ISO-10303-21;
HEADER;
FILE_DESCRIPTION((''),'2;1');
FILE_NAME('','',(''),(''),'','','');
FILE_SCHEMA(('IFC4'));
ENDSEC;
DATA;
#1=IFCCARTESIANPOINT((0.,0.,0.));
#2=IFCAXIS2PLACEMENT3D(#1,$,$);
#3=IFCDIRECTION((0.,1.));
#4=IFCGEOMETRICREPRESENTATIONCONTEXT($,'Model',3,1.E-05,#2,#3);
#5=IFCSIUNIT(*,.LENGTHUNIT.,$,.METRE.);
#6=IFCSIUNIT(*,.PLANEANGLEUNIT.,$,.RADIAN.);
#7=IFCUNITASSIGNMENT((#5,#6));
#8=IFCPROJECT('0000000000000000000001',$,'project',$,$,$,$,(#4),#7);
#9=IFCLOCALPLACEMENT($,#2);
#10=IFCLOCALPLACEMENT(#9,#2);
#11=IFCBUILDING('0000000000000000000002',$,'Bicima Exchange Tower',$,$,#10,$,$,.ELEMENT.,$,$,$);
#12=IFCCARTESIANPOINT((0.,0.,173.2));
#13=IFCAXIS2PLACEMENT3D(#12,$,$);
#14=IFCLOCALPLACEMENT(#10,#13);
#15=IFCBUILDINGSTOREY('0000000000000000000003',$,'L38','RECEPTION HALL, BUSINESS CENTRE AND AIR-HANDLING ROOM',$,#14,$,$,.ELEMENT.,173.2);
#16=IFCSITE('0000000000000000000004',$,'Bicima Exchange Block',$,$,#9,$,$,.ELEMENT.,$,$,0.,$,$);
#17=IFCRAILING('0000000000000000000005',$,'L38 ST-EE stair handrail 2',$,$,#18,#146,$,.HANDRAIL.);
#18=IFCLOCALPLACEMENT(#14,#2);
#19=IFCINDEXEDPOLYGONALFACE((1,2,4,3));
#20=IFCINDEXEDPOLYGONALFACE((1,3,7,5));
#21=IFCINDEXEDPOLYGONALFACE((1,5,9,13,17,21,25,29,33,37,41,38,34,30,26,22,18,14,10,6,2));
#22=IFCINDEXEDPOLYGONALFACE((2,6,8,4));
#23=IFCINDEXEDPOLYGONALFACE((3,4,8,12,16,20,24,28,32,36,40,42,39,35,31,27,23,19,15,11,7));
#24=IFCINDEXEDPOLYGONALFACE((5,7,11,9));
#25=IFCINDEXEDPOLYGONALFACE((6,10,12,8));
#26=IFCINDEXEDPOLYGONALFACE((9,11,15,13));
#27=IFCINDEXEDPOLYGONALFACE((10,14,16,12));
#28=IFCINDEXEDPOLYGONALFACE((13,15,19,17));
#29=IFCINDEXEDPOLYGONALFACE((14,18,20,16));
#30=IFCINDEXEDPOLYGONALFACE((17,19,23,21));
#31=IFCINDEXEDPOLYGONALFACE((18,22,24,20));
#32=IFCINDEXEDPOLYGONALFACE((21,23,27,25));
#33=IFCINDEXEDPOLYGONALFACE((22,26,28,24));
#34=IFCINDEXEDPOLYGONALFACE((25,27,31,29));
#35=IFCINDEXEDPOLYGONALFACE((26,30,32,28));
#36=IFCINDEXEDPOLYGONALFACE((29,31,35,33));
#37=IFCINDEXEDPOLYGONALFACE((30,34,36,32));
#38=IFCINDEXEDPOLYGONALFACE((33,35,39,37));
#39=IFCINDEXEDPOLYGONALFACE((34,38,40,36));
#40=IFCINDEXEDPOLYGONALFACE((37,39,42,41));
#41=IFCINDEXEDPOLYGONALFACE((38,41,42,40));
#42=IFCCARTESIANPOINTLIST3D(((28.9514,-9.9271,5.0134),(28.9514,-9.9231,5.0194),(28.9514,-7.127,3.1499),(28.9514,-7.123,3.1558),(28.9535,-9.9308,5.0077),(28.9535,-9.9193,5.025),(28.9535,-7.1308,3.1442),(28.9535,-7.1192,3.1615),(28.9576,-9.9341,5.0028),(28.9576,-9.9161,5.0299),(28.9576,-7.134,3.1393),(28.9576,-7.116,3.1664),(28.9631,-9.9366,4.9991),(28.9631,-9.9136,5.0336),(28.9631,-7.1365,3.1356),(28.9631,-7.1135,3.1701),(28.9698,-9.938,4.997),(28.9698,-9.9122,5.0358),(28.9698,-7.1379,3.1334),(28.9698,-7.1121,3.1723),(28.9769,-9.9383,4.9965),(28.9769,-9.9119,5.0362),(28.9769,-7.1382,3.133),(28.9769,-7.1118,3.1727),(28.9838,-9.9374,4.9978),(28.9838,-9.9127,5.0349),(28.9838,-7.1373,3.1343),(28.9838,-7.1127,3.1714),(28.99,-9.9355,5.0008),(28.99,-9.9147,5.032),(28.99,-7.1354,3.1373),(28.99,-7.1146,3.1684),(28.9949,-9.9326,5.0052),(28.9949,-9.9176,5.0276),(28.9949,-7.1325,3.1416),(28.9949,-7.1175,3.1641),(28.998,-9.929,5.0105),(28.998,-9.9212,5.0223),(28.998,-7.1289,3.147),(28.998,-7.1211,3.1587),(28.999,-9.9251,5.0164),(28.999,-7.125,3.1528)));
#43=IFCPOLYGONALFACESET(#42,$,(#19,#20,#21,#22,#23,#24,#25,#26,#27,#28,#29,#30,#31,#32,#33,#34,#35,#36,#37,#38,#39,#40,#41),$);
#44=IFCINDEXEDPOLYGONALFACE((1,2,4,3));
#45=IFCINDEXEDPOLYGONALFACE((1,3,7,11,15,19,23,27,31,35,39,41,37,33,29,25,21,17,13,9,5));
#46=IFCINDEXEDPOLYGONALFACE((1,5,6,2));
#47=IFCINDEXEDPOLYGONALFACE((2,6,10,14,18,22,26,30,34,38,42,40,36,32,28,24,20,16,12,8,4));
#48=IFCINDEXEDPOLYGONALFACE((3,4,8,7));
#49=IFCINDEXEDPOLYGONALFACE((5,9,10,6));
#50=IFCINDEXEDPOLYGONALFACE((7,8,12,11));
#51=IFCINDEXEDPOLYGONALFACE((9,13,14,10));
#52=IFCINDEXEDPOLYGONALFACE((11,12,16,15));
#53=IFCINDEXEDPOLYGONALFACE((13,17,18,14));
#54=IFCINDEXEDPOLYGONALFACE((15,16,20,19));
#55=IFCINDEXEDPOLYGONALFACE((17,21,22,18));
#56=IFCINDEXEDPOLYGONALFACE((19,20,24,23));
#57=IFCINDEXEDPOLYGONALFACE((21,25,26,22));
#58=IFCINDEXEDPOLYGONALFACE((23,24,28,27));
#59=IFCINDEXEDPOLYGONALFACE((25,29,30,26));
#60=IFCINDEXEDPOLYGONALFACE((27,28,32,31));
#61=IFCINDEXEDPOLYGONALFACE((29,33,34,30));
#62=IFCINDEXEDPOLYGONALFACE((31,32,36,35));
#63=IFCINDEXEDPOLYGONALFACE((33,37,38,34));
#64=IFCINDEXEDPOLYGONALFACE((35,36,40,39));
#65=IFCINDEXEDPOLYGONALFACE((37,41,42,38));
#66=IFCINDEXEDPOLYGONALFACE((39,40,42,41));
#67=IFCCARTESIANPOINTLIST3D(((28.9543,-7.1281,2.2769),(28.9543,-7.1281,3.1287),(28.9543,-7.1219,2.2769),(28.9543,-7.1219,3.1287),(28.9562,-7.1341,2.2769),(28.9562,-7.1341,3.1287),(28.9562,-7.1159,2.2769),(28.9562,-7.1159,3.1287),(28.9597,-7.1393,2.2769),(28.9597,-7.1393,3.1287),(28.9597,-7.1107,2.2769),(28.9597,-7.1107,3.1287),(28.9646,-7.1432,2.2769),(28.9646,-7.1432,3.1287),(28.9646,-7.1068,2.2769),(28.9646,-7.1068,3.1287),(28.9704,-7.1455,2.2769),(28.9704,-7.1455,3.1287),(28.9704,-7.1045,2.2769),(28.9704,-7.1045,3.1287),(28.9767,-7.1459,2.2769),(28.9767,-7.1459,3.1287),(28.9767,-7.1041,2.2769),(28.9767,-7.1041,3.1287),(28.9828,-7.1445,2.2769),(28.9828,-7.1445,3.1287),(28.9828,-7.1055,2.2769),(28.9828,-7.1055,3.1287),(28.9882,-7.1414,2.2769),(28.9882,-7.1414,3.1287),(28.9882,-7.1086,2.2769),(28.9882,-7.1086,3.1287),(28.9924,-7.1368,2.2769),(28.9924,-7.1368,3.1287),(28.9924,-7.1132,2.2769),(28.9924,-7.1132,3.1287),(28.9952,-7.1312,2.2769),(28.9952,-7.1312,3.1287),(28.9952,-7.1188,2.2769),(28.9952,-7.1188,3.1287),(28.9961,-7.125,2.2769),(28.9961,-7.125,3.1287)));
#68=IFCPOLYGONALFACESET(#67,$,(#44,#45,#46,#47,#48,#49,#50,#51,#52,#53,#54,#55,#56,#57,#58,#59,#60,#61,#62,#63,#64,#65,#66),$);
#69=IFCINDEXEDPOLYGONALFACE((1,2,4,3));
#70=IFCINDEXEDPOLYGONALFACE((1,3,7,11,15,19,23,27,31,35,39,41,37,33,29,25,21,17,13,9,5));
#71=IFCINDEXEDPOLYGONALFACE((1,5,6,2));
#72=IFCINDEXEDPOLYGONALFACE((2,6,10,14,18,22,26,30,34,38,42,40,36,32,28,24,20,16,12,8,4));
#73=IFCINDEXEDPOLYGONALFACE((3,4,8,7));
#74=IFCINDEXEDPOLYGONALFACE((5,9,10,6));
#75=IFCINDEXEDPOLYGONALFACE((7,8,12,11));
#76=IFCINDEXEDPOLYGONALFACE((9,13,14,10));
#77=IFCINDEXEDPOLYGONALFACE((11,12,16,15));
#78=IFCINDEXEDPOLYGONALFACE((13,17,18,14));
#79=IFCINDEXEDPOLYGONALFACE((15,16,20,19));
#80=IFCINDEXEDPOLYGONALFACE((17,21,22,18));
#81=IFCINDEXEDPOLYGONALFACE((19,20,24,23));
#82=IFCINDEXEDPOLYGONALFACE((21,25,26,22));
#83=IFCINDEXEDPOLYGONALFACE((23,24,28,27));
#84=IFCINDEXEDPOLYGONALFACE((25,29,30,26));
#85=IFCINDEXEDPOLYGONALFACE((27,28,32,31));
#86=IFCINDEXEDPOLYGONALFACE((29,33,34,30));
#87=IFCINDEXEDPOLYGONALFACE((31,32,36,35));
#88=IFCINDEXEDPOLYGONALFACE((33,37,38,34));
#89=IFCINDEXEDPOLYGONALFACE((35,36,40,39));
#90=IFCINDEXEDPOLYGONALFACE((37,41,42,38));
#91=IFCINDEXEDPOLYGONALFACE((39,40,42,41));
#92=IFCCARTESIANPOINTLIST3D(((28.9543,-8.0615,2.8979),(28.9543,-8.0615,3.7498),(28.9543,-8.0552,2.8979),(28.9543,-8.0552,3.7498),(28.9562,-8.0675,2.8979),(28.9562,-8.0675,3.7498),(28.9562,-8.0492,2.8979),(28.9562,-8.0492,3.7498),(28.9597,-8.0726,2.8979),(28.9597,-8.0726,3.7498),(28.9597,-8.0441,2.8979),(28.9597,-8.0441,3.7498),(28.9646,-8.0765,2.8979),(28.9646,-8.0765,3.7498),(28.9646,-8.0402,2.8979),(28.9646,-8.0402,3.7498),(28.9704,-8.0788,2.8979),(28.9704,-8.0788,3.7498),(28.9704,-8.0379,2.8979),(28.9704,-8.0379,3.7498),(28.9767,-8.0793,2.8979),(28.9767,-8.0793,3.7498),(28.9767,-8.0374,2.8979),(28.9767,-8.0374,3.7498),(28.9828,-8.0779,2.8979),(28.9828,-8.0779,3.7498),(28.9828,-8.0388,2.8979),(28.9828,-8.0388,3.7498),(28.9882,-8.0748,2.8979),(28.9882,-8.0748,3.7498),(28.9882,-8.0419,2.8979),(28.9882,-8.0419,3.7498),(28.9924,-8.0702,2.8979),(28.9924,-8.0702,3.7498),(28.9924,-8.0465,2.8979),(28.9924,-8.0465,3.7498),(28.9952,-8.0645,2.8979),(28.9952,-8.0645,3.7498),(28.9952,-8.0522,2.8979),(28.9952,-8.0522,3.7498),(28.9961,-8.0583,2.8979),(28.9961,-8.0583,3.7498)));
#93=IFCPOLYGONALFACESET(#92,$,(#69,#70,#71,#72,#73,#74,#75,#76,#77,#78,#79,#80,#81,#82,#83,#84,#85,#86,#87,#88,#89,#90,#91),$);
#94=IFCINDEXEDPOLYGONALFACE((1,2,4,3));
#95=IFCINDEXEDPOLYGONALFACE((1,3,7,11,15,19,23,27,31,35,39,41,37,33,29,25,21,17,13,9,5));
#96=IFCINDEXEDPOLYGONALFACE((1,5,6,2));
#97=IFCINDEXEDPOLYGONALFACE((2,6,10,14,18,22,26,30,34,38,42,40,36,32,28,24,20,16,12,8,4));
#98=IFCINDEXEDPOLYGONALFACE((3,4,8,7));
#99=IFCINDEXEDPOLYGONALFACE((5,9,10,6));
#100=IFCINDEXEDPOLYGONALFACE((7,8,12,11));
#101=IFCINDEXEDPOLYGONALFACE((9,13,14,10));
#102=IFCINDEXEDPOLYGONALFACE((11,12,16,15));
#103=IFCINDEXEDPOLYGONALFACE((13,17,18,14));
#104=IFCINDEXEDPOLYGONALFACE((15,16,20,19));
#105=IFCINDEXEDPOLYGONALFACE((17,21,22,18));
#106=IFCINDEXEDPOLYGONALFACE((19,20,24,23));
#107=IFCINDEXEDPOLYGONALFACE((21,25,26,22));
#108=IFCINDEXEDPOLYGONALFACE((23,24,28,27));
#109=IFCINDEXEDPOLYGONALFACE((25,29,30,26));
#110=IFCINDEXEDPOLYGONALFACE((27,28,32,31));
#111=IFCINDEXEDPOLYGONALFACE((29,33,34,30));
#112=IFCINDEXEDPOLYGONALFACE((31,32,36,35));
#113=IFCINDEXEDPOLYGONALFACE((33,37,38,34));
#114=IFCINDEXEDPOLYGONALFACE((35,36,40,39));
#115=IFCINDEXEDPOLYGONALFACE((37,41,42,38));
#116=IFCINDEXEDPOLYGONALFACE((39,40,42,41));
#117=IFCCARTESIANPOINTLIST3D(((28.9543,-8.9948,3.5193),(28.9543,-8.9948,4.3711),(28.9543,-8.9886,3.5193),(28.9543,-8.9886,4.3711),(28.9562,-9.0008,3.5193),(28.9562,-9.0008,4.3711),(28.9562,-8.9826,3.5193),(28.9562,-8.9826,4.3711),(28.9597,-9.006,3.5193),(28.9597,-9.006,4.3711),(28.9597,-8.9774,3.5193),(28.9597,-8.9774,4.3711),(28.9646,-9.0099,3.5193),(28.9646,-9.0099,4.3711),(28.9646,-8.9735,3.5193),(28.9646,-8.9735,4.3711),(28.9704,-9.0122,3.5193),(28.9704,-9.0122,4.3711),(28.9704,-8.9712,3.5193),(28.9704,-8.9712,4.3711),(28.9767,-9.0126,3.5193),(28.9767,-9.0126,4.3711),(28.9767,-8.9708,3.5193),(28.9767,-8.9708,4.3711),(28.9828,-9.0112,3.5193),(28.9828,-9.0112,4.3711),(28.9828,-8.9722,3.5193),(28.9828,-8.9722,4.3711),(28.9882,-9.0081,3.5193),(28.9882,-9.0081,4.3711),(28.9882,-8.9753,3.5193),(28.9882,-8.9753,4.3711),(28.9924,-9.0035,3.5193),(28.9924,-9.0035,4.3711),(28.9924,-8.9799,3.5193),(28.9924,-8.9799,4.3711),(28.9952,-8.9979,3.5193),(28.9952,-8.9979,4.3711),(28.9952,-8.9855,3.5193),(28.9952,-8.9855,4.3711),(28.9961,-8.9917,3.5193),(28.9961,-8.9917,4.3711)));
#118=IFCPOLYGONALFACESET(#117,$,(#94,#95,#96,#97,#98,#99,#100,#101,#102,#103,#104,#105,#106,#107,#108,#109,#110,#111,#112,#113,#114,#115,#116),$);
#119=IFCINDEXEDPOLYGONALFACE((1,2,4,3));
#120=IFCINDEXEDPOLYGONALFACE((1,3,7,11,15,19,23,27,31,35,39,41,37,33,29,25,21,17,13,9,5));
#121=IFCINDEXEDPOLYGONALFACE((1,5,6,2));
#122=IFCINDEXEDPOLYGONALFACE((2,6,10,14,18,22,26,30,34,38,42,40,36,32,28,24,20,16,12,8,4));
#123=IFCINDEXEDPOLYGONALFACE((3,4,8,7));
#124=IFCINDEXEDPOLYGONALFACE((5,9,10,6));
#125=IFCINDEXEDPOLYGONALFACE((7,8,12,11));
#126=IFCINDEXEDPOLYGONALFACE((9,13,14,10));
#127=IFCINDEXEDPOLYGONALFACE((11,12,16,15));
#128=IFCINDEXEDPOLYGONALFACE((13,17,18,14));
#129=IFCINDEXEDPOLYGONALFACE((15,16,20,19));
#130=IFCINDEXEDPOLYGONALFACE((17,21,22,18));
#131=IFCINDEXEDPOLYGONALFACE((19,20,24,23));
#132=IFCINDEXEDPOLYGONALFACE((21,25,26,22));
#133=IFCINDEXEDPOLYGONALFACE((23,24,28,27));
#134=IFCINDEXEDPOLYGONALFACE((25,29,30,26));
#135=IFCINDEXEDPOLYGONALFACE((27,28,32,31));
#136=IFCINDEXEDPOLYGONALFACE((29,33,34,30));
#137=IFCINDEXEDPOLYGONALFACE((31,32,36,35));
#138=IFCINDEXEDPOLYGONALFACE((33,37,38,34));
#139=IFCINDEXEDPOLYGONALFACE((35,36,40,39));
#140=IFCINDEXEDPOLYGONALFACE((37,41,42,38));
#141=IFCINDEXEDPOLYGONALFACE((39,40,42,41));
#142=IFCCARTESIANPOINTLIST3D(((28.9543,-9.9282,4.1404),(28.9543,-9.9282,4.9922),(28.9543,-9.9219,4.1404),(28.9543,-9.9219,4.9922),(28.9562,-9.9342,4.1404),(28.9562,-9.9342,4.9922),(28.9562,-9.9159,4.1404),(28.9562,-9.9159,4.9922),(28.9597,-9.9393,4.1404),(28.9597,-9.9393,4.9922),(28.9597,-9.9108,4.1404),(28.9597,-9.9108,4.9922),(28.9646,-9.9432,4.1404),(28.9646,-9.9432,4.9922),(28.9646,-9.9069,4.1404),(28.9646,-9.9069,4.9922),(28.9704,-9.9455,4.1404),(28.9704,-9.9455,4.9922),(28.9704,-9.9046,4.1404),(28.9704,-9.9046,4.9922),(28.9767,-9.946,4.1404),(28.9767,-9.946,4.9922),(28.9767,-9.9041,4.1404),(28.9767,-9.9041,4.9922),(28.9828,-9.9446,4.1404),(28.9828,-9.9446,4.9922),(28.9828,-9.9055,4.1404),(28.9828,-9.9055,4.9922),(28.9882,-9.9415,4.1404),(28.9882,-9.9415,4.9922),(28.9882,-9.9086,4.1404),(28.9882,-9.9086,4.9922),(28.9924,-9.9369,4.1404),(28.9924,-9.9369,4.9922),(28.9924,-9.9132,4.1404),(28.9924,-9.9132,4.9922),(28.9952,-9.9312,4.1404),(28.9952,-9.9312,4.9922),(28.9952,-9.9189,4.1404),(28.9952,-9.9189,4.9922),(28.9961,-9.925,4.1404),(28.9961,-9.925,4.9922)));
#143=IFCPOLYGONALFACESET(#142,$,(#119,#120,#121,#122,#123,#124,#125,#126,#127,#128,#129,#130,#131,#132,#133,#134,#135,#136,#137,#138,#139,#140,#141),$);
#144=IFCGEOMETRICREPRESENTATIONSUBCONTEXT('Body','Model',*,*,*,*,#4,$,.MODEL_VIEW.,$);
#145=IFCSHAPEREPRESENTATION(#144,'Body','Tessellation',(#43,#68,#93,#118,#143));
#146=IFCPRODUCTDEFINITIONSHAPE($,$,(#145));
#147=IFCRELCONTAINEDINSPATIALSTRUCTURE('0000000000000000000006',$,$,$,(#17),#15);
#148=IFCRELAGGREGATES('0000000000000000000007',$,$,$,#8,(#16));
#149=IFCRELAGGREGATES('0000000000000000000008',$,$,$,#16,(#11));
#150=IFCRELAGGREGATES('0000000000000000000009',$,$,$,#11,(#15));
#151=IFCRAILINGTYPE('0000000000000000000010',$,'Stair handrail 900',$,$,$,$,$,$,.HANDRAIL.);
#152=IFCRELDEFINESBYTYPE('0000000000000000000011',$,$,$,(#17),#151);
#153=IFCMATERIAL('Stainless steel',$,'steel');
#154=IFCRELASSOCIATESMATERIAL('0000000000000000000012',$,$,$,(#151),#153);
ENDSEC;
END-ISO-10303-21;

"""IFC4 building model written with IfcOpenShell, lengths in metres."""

from ifc_helpers import new_model, si_unit, direction, frame, origin, origin_2d, place, context, subcontext, project, spatial, circle, extrude, material, type_object, element, save


model = new_model("IFC4")

# Units and contexts
model_context = context("Model", 3, precision=1e-05, world=origin(), true_north=direction((0.0, 1.0)))
body_context = subcontext(model_context, "Body", "Model", "MODEL_VIEW")
ifc_project = project(units=[si_unit("LENGTHUNIT", "METRE"), si_unit("PLANEANGLEUNIT", "RADIAN")], contexts=[model_context])

# Site, building, storey
site_placement = place(None, origin())
site = spatial("IfcSite", under=ifc_project, at=site_placement, Name="Bicima Exchange Block", CompositionType="ELEMENT", RefElevation=0.0)
building_placement = place(site_placement, origin())
building = spatial("IfcBuilding", under=site, at=building_placement, Name="Bicima Exchange Tower", CompositionType="ELEMENT")
storey_placement = place(building_placement, frame((0.0, 0.0, 173.2)))
storey = spatial("IfcBuildingStorey", under=building, at=storey_placement, Name="L38", Description="RECEPTION HALL, BUSINESS CENTRE AND AIR-HANDLING ROOM", CompositionType="ELEMENT", Elevation=173.2)

# Railing
ifc_material_1 = material(Name="Stainless steel", Category="steel")
railing_type_1 = type_object("IfcRailingType", Name="Stair handrail 900", PredefinedType="HANDRAIL", material=ifc_material_1)
railing_1_placement = place(storey_placement, frame((28.9751, -7.125, 2.2769)))
element("IfcRailing", 1, at=railing_1_placement, inside=storey, type_object=railing_type_1, Name="L38 ST-EE stair handrail 2", PredefinedType="HANDRAIL", context=body_context, shape_type="SweptSolid", body=[
    extrude(circle(Radius=0.0239, at=origin_2d()), frame((0.0, 0.0, 0.876), z_axis=(0.0, -0.832486, 0.554047), x_axis=(1.0, 0.0, 0.0)), (0.0, 0.0, 1.0), 3.3635),
    extrude(circle(Radius=0.021, at=origin_2d()), origin(), (0.0, 0.0, 1.0), 0.8518),
    extrude(circle(Radius=0.021, at=origin_2d()), frame((0.0, -0.9333, 0.6211)), (0.0, 0.0, 1.0), 0.8518),
    extrude(circle(Radius=0.021, at=origin_2d()), frame((0.0, -1.8667, 1.2424)), (0.0, 0.0, 1.0), 0.8518),
    extrude(circle(Radius=0.021, at=origin_2d()), frame((0.0, -2.8, 1.8635)), (0.0, 0.0, 1.0), 0.8518),
])

save(model, "model.ifc")
